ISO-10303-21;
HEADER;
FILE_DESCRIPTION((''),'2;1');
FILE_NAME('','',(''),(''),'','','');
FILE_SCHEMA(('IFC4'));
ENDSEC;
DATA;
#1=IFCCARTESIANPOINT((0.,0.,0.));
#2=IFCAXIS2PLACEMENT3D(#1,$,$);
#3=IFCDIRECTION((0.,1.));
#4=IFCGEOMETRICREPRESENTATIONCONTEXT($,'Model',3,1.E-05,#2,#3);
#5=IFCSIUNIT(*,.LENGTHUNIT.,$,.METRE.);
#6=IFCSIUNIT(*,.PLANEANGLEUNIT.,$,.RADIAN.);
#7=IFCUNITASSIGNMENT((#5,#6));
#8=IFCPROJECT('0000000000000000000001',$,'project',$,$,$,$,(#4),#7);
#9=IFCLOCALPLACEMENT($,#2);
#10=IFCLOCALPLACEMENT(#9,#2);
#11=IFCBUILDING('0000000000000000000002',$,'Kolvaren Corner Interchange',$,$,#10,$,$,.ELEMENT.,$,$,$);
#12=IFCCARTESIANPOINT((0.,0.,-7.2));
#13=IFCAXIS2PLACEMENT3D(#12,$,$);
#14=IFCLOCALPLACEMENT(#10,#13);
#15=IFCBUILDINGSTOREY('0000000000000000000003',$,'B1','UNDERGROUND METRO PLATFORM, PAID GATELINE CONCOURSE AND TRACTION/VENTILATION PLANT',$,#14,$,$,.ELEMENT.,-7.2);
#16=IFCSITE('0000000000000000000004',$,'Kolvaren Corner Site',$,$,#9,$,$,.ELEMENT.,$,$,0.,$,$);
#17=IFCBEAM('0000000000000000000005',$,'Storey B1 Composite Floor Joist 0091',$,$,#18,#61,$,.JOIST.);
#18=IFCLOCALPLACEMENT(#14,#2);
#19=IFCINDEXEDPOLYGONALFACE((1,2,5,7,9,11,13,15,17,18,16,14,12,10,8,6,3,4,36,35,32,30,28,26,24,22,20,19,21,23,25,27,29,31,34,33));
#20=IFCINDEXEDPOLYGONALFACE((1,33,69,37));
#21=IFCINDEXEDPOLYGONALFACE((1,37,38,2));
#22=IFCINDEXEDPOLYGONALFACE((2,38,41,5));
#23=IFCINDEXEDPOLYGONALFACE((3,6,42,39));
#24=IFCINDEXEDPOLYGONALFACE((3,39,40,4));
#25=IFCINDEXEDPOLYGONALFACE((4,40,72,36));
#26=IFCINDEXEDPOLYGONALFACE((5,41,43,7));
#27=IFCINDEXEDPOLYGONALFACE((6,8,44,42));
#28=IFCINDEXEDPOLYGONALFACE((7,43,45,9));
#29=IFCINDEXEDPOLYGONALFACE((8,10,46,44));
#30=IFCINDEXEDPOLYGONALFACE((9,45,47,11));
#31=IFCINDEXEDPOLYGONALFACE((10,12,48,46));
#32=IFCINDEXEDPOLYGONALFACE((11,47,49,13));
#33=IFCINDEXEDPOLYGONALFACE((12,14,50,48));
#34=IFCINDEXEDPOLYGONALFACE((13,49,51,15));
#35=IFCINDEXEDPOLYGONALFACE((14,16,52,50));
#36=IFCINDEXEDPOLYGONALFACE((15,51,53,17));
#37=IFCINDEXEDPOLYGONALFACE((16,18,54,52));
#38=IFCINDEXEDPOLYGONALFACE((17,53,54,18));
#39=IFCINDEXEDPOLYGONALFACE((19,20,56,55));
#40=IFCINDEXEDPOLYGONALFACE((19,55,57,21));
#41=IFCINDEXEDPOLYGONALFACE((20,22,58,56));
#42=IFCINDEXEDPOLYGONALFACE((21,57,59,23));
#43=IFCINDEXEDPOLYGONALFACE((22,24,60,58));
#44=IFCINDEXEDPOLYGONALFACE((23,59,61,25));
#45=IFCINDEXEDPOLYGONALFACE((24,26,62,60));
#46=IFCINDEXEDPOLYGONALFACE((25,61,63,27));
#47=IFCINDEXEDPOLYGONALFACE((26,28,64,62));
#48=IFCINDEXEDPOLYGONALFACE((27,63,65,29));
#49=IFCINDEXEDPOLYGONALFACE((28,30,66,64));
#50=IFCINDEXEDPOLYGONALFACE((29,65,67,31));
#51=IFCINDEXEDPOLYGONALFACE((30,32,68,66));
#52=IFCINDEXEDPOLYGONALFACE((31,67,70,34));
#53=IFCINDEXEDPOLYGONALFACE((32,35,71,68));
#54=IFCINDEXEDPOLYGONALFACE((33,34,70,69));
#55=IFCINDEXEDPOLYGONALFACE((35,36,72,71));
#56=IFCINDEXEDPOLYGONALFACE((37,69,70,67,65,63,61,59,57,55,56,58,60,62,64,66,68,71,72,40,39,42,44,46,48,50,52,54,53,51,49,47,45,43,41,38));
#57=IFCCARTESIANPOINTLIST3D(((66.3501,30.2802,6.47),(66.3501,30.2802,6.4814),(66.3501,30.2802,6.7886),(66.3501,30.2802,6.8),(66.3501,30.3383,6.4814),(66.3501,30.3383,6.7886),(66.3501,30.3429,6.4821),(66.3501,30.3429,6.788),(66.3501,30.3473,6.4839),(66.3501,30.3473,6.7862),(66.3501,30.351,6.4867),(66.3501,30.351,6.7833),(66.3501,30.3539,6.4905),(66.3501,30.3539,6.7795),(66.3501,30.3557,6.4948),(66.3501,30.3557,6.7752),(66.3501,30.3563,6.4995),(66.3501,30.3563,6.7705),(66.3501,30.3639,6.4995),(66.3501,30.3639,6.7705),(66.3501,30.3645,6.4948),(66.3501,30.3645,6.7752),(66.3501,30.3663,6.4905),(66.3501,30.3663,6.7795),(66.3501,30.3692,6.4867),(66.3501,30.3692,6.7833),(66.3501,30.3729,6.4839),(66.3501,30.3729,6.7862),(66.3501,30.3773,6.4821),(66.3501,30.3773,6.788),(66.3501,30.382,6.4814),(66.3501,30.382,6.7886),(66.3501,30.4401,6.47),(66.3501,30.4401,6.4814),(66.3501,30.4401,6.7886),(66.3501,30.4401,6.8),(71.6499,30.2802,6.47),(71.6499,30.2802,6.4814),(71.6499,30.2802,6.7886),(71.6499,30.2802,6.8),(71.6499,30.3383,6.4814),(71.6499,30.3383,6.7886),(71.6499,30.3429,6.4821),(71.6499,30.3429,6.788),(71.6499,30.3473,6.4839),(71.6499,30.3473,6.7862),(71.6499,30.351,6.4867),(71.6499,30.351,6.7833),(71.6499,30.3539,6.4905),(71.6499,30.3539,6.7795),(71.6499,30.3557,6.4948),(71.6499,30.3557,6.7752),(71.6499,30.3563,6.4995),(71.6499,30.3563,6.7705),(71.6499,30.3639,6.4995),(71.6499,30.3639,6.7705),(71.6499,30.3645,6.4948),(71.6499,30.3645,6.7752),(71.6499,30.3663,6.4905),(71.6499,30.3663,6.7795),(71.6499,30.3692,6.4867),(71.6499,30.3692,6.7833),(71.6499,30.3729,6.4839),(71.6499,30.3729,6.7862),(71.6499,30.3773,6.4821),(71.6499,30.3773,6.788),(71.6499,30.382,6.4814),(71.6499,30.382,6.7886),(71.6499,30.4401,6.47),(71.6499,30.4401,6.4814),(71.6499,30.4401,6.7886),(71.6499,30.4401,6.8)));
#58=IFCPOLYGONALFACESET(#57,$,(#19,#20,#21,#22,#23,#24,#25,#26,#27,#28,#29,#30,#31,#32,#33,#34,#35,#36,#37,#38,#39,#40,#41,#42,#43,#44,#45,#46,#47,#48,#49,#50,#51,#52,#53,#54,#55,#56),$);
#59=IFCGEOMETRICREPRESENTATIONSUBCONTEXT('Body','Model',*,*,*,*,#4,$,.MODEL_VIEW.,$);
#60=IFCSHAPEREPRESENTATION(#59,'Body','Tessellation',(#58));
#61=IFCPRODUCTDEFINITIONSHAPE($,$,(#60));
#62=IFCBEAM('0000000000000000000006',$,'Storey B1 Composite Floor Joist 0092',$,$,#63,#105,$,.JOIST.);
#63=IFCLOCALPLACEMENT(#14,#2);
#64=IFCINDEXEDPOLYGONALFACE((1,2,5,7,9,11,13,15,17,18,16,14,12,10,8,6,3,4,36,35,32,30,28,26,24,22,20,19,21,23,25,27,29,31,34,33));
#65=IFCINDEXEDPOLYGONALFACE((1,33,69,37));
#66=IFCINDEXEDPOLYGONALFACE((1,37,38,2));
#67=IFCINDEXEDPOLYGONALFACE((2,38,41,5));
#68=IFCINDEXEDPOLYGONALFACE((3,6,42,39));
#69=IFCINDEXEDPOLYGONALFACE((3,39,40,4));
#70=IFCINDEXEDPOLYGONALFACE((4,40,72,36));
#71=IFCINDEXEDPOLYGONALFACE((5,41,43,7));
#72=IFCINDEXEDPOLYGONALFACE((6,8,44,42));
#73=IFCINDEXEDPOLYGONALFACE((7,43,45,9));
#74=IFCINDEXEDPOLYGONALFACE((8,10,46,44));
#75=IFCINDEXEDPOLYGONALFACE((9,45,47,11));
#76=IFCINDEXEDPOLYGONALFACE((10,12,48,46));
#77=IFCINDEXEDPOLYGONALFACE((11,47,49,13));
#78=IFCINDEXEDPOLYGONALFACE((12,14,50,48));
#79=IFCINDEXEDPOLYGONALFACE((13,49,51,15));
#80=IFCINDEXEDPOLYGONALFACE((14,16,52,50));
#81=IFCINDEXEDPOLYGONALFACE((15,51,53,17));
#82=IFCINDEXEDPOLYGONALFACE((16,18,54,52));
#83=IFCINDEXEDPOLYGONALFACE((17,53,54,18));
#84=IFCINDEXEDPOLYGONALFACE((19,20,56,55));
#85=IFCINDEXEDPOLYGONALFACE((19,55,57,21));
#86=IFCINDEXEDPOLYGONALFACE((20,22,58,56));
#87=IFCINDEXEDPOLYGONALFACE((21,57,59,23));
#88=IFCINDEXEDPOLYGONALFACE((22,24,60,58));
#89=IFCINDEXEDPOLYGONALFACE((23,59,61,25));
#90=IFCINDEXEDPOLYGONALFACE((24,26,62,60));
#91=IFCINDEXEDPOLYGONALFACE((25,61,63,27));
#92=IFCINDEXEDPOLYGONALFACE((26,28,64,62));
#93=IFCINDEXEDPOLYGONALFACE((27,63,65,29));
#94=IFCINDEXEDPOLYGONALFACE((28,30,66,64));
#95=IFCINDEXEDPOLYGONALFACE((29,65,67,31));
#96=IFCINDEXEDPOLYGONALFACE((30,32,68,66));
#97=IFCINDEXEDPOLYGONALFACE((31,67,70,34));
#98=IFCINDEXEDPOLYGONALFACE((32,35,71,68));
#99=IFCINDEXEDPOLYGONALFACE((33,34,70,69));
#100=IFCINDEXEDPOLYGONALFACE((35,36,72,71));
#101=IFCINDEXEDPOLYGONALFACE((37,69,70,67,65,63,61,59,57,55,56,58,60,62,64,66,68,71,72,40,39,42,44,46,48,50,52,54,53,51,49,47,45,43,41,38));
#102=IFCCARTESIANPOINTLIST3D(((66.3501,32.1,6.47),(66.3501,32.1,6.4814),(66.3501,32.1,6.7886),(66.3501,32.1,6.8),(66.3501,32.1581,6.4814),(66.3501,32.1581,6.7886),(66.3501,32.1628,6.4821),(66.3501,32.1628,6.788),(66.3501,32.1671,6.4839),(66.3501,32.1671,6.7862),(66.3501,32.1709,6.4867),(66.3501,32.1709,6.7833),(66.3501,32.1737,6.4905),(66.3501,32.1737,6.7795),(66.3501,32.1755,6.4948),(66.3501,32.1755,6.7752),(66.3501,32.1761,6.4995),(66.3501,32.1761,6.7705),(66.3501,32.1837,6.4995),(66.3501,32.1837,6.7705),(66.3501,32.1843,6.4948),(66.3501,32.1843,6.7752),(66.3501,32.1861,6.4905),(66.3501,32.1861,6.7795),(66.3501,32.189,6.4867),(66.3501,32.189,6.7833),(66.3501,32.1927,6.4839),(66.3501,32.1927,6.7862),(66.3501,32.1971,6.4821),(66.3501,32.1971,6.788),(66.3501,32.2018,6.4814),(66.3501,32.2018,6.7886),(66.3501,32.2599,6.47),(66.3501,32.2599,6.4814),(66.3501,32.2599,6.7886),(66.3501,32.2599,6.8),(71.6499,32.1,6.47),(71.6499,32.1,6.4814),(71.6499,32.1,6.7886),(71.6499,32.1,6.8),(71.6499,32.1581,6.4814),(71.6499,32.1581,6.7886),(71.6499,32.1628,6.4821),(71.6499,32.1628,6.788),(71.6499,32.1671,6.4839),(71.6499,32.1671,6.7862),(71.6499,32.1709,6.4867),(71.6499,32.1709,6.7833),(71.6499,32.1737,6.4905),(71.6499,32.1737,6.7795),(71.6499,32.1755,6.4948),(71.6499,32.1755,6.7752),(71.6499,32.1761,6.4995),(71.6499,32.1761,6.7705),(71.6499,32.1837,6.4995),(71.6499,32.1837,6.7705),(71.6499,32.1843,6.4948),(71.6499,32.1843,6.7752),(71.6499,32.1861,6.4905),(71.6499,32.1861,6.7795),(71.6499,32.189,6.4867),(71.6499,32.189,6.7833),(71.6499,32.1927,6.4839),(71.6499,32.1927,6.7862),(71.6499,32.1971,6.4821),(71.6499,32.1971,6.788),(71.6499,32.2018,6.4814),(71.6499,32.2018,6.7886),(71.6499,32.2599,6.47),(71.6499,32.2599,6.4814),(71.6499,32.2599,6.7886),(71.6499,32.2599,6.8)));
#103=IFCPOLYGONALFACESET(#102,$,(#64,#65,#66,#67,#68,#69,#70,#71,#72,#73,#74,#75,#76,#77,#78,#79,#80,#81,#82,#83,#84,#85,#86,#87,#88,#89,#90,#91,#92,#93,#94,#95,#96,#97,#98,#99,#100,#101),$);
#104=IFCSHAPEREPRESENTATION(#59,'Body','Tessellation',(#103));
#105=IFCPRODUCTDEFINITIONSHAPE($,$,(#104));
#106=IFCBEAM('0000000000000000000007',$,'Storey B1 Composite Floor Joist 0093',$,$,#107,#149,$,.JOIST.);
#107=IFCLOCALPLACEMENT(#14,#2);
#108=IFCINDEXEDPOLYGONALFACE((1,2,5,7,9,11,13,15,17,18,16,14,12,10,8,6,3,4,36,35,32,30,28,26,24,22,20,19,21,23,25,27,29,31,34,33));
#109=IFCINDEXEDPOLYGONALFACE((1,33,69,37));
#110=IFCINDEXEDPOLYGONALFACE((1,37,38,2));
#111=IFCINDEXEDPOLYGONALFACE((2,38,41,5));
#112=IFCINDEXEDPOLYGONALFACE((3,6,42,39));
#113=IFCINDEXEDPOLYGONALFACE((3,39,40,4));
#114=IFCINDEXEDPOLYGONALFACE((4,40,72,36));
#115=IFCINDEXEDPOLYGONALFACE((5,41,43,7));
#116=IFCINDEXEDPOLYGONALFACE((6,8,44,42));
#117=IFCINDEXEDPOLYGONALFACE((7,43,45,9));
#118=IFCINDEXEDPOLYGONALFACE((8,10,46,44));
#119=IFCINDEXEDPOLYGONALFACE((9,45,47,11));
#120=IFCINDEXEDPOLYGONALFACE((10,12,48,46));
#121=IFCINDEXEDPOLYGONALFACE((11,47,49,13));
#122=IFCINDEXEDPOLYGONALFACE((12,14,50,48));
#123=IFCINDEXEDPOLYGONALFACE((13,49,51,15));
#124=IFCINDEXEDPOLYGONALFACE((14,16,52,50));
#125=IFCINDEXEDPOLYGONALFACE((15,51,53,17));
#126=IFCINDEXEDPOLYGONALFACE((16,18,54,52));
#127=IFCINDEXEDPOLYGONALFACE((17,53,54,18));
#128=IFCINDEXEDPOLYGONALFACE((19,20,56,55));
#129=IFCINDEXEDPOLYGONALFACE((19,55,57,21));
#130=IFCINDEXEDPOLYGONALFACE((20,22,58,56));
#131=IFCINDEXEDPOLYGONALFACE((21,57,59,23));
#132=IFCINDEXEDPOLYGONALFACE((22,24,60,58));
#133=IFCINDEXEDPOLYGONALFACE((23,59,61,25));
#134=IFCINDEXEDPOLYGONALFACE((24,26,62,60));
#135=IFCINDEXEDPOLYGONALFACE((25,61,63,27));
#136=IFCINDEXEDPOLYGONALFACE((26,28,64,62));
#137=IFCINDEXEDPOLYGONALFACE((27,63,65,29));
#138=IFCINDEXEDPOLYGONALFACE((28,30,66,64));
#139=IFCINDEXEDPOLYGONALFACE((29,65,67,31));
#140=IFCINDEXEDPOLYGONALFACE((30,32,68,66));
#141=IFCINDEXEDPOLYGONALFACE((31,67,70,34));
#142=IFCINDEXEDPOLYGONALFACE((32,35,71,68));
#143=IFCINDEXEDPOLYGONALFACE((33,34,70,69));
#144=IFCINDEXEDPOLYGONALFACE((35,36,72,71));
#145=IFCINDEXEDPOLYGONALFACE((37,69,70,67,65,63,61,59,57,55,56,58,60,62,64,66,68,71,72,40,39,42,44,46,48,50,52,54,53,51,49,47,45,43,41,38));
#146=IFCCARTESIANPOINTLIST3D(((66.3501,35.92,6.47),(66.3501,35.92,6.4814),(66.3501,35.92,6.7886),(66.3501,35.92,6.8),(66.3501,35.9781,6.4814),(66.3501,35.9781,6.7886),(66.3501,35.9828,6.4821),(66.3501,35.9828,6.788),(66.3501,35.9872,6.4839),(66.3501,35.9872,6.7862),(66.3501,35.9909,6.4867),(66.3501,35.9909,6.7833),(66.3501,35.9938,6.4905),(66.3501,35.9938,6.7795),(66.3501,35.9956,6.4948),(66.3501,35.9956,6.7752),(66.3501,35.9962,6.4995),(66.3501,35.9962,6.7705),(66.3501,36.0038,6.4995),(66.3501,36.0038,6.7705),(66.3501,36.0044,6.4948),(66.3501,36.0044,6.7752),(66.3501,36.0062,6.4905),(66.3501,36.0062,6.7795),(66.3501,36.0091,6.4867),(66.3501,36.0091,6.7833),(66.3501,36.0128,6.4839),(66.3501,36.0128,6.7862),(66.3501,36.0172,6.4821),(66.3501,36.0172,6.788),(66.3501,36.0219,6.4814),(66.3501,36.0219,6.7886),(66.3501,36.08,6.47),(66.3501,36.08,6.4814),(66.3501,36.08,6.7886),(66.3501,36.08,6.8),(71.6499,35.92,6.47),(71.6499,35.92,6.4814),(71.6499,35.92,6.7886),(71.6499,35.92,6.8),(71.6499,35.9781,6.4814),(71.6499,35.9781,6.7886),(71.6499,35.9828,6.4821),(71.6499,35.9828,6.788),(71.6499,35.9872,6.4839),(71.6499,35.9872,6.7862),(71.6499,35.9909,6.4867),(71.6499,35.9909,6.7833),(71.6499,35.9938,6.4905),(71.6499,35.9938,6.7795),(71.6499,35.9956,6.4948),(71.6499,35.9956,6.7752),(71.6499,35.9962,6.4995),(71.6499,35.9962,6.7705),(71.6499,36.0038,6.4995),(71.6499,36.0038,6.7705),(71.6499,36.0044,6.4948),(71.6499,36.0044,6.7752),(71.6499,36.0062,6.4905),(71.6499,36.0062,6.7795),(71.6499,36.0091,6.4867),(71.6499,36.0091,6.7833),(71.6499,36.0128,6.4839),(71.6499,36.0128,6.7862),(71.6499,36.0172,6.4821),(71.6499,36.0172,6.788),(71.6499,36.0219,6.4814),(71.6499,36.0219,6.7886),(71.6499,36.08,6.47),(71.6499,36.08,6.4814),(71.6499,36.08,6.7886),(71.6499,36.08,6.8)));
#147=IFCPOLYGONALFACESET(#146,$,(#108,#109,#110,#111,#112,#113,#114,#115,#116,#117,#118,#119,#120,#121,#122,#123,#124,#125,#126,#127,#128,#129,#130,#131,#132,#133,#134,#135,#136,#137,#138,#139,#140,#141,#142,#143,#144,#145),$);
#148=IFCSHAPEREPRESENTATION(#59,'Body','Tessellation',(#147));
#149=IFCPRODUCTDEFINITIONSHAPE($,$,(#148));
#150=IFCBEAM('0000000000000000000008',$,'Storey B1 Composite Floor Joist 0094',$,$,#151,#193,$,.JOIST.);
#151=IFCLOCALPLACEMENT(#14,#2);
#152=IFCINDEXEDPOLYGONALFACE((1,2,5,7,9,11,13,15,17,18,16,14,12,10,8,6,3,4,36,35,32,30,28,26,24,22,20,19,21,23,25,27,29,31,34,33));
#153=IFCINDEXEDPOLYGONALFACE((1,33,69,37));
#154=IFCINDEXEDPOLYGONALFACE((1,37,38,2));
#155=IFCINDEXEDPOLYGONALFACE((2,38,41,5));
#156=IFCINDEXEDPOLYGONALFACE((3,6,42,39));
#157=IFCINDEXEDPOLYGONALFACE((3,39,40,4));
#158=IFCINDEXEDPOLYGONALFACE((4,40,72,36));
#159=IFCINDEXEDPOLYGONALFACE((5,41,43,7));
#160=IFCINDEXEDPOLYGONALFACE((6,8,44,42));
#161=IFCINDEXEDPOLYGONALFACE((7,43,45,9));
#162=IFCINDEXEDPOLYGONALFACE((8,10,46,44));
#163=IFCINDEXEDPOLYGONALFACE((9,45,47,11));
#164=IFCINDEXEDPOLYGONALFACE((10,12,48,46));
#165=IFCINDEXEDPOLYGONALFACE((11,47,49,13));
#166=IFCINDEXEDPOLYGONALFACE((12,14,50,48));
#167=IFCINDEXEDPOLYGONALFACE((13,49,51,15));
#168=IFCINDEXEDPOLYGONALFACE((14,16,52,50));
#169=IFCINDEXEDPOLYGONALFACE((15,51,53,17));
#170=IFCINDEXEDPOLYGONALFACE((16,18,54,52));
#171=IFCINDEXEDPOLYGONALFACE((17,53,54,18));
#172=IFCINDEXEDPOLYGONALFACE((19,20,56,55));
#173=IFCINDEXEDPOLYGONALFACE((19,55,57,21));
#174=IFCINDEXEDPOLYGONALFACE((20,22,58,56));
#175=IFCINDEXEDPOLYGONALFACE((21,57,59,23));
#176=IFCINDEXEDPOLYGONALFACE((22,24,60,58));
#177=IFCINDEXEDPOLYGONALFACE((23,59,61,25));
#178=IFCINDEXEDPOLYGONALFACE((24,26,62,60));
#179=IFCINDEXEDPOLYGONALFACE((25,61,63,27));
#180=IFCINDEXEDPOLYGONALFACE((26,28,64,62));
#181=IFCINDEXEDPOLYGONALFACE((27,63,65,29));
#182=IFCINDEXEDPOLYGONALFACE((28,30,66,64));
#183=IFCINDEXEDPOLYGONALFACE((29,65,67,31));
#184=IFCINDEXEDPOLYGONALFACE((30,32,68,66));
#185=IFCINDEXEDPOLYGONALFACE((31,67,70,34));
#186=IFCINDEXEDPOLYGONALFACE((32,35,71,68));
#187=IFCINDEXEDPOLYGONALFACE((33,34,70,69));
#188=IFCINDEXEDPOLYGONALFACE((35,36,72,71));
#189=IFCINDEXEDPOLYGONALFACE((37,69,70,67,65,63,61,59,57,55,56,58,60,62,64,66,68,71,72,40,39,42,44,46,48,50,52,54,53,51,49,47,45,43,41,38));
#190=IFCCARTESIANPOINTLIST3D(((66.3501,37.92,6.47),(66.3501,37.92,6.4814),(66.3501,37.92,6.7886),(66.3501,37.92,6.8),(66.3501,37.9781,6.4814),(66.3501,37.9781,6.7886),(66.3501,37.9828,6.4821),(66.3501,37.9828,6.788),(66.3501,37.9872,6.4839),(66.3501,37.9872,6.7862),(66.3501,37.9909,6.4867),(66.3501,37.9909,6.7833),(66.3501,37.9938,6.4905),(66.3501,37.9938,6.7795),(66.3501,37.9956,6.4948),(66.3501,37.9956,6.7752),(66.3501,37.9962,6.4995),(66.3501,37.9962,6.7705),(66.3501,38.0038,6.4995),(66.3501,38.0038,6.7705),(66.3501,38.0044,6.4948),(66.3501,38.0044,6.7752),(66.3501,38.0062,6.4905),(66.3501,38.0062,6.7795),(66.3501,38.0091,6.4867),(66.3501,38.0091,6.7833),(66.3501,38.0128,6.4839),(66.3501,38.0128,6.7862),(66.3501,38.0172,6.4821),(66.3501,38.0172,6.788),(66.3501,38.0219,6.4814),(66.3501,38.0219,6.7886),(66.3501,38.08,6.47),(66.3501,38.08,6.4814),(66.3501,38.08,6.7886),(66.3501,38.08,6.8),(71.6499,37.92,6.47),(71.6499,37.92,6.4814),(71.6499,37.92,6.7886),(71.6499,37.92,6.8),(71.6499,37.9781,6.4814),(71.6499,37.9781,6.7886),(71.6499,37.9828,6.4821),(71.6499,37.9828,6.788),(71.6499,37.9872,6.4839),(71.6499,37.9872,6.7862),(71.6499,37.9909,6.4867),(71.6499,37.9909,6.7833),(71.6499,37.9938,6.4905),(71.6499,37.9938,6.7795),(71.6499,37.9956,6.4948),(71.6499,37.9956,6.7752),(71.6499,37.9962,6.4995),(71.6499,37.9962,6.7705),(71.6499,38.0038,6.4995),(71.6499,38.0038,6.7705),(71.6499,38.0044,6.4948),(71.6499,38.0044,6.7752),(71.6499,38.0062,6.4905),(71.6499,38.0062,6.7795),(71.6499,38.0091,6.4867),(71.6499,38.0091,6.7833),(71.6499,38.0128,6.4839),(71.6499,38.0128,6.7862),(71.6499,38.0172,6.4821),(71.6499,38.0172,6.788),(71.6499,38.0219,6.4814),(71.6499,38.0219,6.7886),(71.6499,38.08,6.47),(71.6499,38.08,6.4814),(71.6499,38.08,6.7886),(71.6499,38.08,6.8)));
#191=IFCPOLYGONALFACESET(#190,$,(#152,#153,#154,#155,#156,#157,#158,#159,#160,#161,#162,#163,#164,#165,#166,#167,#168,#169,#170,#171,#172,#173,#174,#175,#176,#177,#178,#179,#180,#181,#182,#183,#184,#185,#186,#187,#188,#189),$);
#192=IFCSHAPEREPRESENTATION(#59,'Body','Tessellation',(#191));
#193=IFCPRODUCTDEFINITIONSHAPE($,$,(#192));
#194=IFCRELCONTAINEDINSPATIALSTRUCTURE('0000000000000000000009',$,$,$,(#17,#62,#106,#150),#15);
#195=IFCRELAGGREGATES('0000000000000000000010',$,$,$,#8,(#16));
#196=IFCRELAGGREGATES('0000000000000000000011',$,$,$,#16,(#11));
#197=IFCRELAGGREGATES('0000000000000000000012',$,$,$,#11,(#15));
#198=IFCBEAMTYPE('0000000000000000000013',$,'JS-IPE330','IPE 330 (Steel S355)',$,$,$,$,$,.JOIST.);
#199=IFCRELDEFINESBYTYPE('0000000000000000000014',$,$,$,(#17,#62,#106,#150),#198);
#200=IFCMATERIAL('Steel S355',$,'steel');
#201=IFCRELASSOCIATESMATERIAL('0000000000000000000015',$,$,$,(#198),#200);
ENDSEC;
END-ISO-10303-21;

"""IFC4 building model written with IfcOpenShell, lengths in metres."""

from ifc_helpers import new_model, si_unit, direction, frame, origin, origin_2d, place, context, subcontext, project, spatial, i_section, extrude, material, material_profile, profile_set, type_object, element, save


model = new_model("IFC4")

# Units and contexts
model_context = context("Model", 3, precision=1e-05, world=origin(), true_north=direction((0.0, 1.0)))
body_context = subcontext(model_context, "Body", "Model", "MODEL_VIEW")
ifc_project = project(units=[si_unit("LENGTHUNIT", "METRE"), si_unit("PLANEANGLEUNIT", "RADIAN")], contexts=[model_context])

# Site, building, storey
site_placement = place(None, origin())
site = spatial("IfcSite", under=ifc_project, at=site_placement, Name="Kolvaren Corner Site", CompositionType="ELEMENT", RefElevation=0.0)
building_placement = place(site_placement, origin())
building = spatial("IfcBuilding", under=site, at=building_placement, Name="Kolvaren Corner Interchange", CompositionType="ELEMENT")
storey_placement = place(building_placement, frame((0.0, 0.0, -7.2)))
storey = spatial("IfcBuildingStorey", under=building, at=storey_placement, Name="B1", Description="UNDERGROUND METRO PLATFORM, PAID GATELINE CONCOURSE AND TRACTION/VENTILATION PLANT", CompositionType="ELEMENT", Elevation=-7.2)

# Beams
ifc_material_1 = material(Name="Steel S355", Category="steel")
ifc_material_profile_1 = material_profile(ifc_material_1, i_section(OverallWidth=0.1599, OverallDepth=0.3301, WebThickness=0.0076, FlangeThickness=0.0115, FilletRadius=0.0181, at=origin_2d()), Name="IPE 330")
ifc_profile_set_1 = profile_set([ifc_material_profile_1], Name="Steel S355")
beam_type_1 = type_object("IfcBeamType", Name="JS-IPE330", Description="IPE 330 (Steel S355)", PredefinedType="JOIST", material=ifc_profile_set_1)
for number, where, z_axis, x_axis, name in (
    (1, (66.3501, 30.3601, 6.635), (1.0, 0.0, 0.0), (0.0, 1.0, 0.0), "Storey B1 Composite Floor Joist 0091"),
    (2, (66.3501, 32.1799, 6.635), (1.0, 0.0, 0.0), (0.0, 1.0, 0.0), "Storey B1 Composite Floor Joist 0092"),
    (3, (66.3501, 36.0, 6.635), (1.0, 0.0, 0.0), (0.0, 1.0, 0.0), "Storey B1 Composite Floor Joist 0093"),
    (4, (66.3501, 38.0, 6.635), (1.0, 0.0, 0.0), (0.0, 1.0, 0.0), "Storey B1 Composite Floor Joist 0094"),
):
    element("IfcBeam", number, at=place(storey_placement, frame(where, z_axis=z_axis, x_axis=x_axis)), inside=storey, type_object=beam_type_1, Name=name, PredefinedType="JOIST", context=body_context, shape_type="SweptSolid", body=[
        extrude(i_section(OverallWidth=0.1599, OverallDepth=0.3301, WebThickness=0.0076, FlangeThickness=0.0115, FilletRadius=0.0181, at=origin_2d()), origin(), (0.0, 0.0, 1.0), 5.2998),
    ])

save(model, "model.ifc")
